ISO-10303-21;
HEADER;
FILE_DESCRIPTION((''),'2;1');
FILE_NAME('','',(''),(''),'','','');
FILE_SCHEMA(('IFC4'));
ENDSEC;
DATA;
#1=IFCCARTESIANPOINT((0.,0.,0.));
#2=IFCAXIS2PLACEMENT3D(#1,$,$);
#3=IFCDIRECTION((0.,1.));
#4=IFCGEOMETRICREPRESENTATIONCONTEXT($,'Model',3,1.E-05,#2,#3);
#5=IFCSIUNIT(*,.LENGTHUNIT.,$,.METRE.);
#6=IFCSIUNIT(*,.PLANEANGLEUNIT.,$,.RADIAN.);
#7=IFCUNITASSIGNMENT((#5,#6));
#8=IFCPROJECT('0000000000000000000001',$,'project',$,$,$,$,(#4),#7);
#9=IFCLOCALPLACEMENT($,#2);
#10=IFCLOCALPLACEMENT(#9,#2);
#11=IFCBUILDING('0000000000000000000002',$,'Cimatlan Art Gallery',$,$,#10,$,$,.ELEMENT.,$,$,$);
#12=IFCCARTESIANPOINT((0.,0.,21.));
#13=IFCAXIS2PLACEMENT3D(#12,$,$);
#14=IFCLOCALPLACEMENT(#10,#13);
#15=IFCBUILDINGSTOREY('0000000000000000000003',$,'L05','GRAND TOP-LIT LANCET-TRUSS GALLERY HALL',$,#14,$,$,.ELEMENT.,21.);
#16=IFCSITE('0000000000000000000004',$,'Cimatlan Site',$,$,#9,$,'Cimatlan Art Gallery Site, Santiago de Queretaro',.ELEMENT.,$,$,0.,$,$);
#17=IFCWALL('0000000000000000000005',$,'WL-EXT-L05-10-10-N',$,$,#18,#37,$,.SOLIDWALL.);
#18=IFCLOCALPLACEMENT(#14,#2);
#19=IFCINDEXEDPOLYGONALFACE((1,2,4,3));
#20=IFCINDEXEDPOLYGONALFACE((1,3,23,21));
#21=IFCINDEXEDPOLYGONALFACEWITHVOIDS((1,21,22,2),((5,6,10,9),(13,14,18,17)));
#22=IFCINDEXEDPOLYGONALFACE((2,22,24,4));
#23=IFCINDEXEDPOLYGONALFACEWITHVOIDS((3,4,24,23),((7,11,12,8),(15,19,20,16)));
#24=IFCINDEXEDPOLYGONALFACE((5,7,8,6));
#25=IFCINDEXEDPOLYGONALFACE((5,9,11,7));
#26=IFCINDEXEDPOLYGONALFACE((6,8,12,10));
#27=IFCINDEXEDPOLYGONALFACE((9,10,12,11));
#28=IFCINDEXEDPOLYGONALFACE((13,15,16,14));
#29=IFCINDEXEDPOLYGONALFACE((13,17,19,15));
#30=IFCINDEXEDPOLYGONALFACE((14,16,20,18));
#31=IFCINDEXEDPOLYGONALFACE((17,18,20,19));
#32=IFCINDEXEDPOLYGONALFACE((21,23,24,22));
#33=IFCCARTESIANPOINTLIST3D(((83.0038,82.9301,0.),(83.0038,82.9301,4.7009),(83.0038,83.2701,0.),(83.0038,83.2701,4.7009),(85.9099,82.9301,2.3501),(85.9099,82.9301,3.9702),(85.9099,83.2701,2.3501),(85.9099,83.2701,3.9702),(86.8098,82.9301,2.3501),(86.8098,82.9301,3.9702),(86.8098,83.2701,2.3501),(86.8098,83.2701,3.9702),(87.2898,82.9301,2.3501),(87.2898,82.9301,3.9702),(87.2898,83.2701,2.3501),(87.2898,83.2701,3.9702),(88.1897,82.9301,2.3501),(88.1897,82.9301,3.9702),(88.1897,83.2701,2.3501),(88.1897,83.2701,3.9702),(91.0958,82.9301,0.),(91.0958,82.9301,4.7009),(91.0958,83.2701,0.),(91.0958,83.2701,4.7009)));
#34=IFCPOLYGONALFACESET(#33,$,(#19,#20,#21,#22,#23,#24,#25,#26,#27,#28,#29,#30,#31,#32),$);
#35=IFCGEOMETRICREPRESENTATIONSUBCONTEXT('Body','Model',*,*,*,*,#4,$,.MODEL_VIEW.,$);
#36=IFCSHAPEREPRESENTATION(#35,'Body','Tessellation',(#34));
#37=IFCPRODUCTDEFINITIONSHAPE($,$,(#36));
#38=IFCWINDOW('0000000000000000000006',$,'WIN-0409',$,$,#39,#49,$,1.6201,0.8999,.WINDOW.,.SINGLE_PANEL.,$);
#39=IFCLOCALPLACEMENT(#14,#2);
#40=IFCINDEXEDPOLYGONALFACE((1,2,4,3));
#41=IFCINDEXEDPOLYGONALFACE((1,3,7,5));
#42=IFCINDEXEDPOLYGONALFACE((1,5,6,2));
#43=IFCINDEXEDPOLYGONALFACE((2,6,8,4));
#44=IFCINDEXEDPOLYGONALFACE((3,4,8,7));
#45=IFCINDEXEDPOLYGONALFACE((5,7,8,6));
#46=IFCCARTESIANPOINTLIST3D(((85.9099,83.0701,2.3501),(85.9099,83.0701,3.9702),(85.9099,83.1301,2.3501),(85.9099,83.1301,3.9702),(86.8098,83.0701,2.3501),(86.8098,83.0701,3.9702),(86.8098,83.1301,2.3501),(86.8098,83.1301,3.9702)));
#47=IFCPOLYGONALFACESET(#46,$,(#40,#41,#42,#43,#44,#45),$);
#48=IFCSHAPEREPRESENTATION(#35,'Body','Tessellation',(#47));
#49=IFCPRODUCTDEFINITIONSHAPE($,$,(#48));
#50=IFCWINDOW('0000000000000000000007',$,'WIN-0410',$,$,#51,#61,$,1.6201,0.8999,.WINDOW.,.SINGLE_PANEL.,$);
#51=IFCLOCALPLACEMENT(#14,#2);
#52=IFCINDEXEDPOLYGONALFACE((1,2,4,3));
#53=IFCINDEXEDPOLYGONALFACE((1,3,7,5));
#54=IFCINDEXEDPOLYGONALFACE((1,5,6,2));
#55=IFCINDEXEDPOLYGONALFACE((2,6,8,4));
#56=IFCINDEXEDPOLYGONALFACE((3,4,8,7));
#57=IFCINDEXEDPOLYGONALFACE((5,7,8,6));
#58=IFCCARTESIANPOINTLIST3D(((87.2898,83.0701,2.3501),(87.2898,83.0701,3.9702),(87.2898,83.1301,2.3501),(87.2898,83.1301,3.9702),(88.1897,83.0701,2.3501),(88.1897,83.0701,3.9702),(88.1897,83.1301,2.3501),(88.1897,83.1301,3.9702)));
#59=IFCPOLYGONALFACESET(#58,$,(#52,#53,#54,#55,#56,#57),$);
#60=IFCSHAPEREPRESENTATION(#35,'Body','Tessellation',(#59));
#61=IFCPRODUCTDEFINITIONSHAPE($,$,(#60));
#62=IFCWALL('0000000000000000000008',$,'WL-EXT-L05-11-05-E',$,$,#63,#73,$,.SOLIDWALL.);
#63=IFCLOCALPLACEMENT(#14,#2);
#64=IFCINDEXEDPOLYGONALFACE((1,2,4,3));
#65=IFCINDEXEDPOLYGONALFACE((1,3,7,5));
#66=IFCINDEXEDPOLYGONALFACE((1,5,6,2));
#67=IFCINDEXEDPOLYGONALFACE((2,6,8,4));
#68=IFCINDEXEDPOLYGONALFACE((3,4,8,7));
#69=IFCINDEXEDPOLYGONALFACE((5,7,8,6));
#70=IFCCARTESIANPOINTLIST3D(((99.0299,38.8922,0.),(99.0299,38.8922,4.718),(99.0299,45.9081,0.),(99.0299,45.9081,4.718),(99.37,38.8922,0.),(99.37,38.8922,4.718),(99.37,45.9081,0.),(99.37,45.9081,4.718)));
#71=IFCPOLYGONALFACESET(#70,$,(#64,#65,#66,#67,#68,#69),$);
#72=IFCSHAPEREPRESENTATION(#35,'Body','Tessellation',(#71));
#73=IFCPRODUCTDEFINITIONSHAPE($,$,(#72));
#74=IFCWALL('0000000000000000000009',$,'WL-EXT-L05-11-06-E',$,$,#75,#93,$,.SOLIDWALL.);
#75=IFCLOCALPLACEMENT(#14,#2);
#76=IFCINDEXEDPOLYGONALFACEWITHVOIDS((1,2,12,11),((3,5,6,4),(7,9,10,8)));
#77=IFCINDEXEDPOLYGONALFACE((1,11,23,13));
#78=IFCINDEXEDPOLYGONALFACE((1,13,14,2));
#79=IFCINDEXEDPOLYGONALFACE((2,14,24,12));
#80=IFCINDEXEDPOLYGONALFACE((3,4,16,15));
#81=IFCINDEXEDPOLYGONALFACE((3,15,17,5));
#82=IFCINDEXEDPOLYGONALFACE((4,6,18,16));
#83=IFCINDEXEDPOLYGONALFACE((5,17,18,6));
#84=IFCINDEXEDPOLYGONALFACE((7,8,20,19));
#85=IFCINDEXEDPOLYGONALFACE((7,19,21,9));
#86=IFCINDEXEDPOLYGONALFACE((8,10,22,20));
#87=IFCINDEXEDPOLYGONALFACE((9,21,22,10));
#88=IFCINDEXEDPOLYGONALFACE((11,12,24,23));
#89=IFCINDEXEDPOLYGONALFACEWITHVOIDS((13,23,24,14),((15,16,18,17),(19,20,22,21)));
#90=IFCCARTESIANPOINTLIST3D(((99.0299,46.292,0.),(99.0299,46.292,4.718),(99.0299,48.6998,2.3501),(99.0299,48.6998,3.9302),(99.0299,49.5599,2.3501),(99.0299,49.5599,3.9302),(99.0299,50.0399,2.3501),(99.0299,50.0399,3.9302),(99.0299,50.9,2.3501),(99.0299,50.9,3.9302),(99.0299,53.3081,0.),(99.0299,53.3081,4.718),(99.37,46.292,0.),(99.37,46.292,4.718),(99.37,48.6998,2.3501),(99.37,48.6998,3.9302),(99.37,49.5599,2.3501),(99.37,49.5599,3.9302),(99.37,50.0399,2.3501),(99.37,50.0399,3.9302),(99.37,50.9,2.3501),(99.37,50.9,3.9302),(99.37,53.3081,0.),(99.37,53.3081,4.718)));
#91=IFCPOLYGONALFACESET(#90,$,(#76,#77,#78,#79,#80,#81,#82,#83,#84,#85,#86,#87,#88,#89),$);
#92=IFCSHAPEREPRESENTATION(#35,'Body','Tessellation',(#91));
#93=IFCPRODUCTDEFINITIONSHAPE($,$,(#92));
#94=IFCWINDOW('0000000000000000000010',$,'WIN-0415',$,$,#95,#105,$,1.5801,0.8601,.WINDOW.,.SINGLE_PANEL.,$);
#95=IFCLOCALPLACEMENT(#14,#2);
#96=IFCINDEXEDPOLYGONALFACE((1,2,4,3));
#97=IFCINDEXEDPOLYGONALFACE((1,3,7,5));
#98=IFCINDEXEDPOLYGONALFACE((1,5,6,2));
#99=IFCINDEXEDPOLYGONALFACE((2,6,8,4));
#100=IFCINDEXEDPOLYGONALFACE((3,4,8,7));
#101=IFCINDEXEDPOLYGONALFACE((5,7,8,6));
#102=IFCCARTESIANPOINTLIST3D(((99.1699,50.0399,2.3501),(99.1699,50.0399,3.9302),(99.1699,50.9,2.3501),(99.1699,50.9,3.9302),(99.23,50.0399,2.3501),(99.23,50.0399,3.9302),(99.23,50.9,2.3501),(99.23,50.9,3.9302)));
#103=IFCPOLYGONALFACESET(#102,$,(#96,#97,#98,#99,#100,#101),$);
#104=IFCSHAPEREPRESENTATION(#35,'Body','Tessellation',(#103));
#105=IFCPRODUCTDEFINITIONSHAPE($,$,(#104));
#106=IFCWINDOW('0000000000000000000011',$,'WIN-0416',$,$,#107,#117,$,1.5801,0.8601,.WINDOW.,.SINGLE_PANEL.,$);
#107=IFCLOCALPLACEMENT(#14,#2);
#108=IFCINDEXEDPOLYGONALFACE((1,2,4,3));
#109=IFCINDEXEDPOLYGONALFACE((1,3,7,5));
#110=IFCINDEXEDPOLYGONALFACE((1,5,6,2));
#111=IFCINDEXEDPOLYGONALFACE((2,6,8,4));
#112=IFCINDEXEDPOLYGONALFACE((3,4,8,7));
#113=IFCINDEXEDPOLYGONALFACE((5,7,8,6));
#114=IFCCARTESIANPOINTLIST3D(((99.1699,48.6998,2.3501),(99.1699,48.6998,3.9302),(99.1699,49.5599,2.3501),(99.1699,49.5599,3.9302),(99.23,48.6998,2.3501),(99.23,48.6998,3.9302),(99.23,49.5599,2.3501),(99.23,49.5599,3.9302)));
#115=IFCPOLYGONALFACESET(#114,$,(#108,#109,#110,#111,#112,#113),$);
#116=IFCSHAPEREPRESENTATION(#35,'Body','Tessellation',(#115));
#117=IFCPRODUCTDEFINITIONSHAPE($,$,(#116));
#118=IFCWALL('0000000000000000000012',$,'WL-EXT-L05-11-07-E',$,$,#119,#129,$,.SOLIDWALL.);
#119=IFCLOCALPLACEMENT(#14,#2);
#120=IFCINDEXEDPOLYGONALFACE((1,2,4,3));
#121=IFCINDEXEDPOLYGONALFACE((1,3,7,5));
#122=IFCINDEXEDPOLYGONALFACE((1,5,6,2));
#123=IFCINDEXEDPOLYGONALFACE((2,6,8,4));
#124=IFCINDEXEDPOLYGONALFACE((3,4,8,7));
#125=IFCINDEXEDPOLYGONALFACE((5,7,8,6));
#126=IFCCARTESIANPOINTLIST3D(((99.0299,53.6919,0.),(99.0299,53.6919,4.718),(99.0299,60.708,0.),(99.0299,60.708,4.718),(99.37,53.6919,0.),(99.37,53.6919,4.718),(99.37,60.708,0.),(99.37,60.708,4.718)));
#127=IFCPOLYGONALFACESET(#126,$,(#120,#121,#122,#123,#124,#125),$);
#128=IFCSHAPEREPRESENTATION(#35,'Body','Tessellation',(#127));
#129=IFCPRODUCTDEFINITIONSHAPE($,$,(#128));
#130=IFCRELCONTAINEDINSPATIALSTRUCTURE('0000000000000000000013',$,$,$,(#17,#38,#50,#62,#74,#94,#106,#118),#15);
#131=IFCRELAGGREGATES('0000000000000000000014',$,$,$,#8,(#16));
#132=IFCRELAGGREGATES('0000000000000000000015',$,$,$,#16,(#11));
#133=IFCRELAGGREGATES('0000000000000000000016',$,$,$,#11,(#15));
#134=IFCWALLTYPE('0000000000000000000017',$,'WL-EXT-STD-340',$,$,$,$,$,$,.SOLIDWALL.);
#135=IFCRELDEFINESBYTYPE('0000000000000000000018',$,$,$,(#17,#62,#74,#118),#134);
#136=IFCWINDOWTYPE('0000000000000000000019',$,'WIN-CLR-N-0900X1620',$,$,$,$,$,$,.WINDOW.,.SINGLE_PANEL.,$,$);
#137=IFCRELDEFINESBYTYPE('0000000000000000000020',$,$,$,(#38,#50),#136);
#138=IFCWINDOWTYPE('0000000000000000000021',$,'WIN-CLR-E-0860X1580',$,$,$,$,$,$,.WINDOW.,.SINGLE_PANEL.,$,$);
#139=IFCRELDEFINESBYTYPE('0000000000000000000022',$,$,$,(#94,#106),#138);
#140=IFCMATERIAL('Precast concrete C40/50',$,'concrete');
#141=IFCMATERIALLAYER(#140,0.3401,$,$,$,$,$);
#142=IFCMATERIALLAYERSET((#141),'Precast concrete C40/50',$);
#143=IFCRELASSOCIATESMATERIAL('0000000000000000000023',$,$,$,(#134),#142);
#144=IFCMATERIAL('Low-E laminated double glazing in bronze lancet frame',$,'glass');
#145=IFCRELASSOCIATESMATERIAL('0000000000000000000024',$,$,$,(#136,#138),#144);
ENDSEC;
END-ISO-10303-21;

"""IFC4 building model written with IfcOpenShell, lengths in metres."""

from ifc_helpers import new_model, si_unit, direction, frame, frame_2d, origin, place, context, subcontext, project, spatial, rectangle, extrude, material, layer, layer_set, type_object, element, fill, save


model = new_model("IFC4")

# Units and contexts
model_context = context("Model", 3, precision=1e-05, world=origin(), true_north=direction((0.0, 1.0)))
body_context = subcontext(model_context, "Body", "Model", "MODEL_VIEW")
ifc_project = project(units=[si_unit("LENGTHUNIT", "METRE"), si_unit("PLANEANGLEUNIT", "RADIAN")], contexts=[model_context])

# Site, building, storey
site_placement = place(None, origin())
site = spatial("IfcSite", under=ifc_project, at=site_placement, Name="Cimatlan Site", LongName="Cimatlan Art Gallery Site, Santiago de Queretaro", CompositionType="ELEMENT", RefElevation=0.0)
building_placement = place(site_placement, origin())
building = spatial("IfcBuilding", under=site, at=building_placement, Name="Cimatlan Art Gallery", CompositionType="ELEMENT")
storey_placement = place(building_placement, frame((0.0, 0.0, 21.0)))
storey = spatial("IfcBuildingStorey", under=building, at=storey_placement, Name="L05", Description="GRAND TOP-LIT LANCET-TRUSS GALLERY HALL", CompositionType="ELEMENT", Elevation=21.0)

# Wall, openings, windows
ifc_material_1 = material(Name="Precast concrete C40/50", Category="concrete")
ifc_layer_1 = layer(ifc_material_1, 0.3401)
ifc_layer_set_1 = layer_set([ifc_layer_1], Name="Precast concrete C40/50")
wall_type_1 = type_object("IfcWallType", Name="WL-EXT-STD-340", PredefinedType="SOLIDWALL", material=ifc_layer_set_1)
wall_1_placement = place(storey_placement, frame((83.0039, 83.1001, 0.0), z_axis=(0.0, 0.0, 1.0), x_axis=(1.0, 0.0, 0.0)))
wall_1 = element("IfcWall", 1, at=wall_1_placement, inside=storey, type_object=wall_type_1, Name="WL-EXT-L05-10-10-N", PredefinedType="SOLIDWALL", context=body_context, shape_type="SweptSolid", body=[
    extrude(rectangle(XDim=8.092, YDim=0.3401, at=frame_2d((4.0459, 0.0))), origin(), (0.0, 0.0, 1.0), 4.7009),
])
opening_1_placement = place(wall_1_placement, frame((2.906, 0.0, 2.3501)))
opening_1 = element("IfcOpeningElement", 2, at=opening_1_placement, cuts=wall_1, PredefinedType="OPENING", context=body_context, shape_type="SweptSolid", body=[
    extrude(rectangle(XDim=0.8999, YDim=1.6201, at=frame_2d((0.45, 0.8101))), frame((0.0, 0.1802, 0.0), z_axis=(0.0, -1.0, 0.0), x_axis=(1.0, 0.0, 0.0)), (0.0, 0.0, 1.0), 0.3601),
])
opening_2_placement = place(wall_1_placement, frame((4.2859, 0.0, 2.3501)))
opening_2 = element("IfcOpeningElement", 3, at=opening_2_placement, cuts=wall_1, PredefinedType="OPENING", context=body_context, shape_type="SweptSolid", body=[
    extrude(rectangle(XDim=0.8999, YDim=1.6201, at=frame_2d((0.45, 0.8101))), frame((0.0, 0.1802, 0.0), z_axis=(0.0, -1.0, 0.0), x_axis=(1.0, 0.0, 0.0)), (0.0, 0.0, 1.0), 0.3601),
])
ifc_material_2 = material(Name="Low-E laminated double glazing in bronze lancet frame", Category="glass")
window_type_1 = type_object("IfcWindowType", Name="WIN-CLR-N-0900X1620", PartitioningType="SINGLE_PANEL", PredefinedType="WINDOW", material=ifc_material_2)
window_1_placement = place(opening_1_placement, origin())
window_1 = element("IfcWindow", 4, at=window_1_placement, inside=storey, type_object=window_type_1, Name="WIN-0409", OverallHeight=1.6201, OverallWidth=0.8999, PartitioningType="SINGLE_PANEL", PredefinedType="WINDOW", context=body_context, shape_type="SweptSolid", body=[
    extrude(rectangle(XDim=0.8999, YDim=1.6201, at=frame_2d((0.45, 0.8101))), frame((0.0, 0.03, 0.0), z_axis=(0.0, -1.0, 0.0), x_axis=(1.0, 0.0, 0.0)), (0.0, 0.0, 1.0), 0.0601),
])
fill(opening_1, window_1)
window_2_placement = place(opening_2_placement, origin())
window_2 = element("IfcWindow", 5, at=window_2_placement, inside=storey, type_object=window_type_1, Name="WIN-0410", OverallHeight=1.6201, OverallWidth=0.8999, PartitioningType="SINGLE_PANEL", PredefinedType="WINDOW", context=body_context, shape_type="SweptSolid", body=[
    extrude(rectangle(XDim=0.8999, YDim=1.6201, at=frame_2d((0.45, 0.8101))), frame((0.0, 0.03, 0.0), z_axis=(0.0, -1.0, 0.0), x_axis=(1.0, 0.0, 0.0)), (0.0, 0.0, 1.0), 0.0601),
])
fill(opening_2, window_2)

# Wall
wall_2_placement = place(storey_placement, frame((99.2, 45.908, 0.0), z_axis=(0.0, 0.0, 1.0), x_axis=(0.0, -1.0, 0.0)))
element("IfcWall", 6, at=wall_2_placement, inside=storey, type_object=wall_type_1, Name="WL-EXT-L05-11-05-E", PredefinedType="SOLIDWALL", context=body_context, shape_type="SweptSolid", body=[
    extrude(rectangle(XDim=7.0159, YDim=0.3401, at=frame_2d((3.5078, 0.0))), origin(), (0.0, 0.0, 1.0), 4.718),
])

# Wall, openings, windows
wall_3_placement = place(storey_placement, frame((99.2, 53.3081, 0.0), z_axis=(0.0, 0.0, 1.0), x_axis=(0.0, -1.0, 0.0)))
wall_3 = element("IfcWall", 7, at=wall_3_placement, inside=storey, type_object=wall_type_1, Name="WL-EXT-L05-11-06-E", PredefinedType="SOLIDWALL", context=body_context, shape_type="SweptSolid", body=[
    extrude(rectangle(XDim=7.0161, YDim=0.3401, at=frame_2d((3.5081, 0.0))), origin(), (0.0, 0.0, 1.0), 4.718),
])
opening_3_placement = place(wall_3_placement, frame((2.408, 0.0, 2.3501)))
opening_3 = element("IfcOpeningElement", 8, at=opening_3_placement, cuts=wall_3, PredefinedType="OPENING", context=body_context, shape_type="SweptSolid", body=[
    extrude(rectangle(XDim=0.8601, YDim=1.5801, at=frame_2d((0.4302, 0.79))), frame((0.0, 0.1802, 0.0), z_axis=(0.0, -1.0, 0.0), x_axis=(1.0, 0.0, 0.0)), (0.0, 0.0, 1.0), 0.3601),
])
opening_4_placement = place(wall_3_placement, frame((3.748, 0.0, 2.3501)))
opening_4 = element("IfcOpeningElement", 9, at=opening_4_placement, cuts=wall_3, PredefinedType="OPENING", context=body_context, shape_type="SweptSolid", body=[
    extrude(rectangle(XDim=0.8601, YDim=1.5801, at=frame_2d((0.4302, 0.79))), frame((0.0, 0.1802, 0.0), z_axis=(0.0, -1.0, 0.0), x_axis=(1.0, 0.0, 0.0)), (0.0, 0.0, 1.0), 0.3601),
])
window_type_2 = type_object("IfcWindowType", Name="WIN-CLR-E-0860X1580", PartitioningType="SINGLE_PANEL", PredefinedType="WINDOW", material=ifc_material_2)
window_3_placement = place(opening_3_placement, origin())
window_3 = element("IfcWindow", 10, at=window_3_placement, inside=storey, type_object=window_type_2, Name="WIN-0415", OverallHeight=1.5801, OverallWidth=0.8601, PartitioningType="SINGLE_PANEL", PredefinedType="WINDOW", context=body_context, shape_type="SweptSolid", body=[
    extrude(rectangle(XDim=0.8601, YDim=1.5801, at=frame_2d((0.4302, 0.79))), frame((0.0, 0.03, 0.0), z_axis=(0.0, -1.0, 0.0), x_axis=(1.0, 0.0, 0.0)), (0.0, 0.0, 1.0), 0.0601),
])
fill(opening_3, window_3)
window_4_placement = place(opening_4_placement, origin())
window_4 = element("IfcWindow", 11, at=window_4_placement, inside=storey, type_object=window_type_2, Name="WIN-0416", OverallHeight=1.5801, OverallWidth=0.8601, PartitioningType="SINGLE_PANEL", PredefinedType="WINDOW", context=body_context, shape_type="SweptSolid", body=[
    extrude(rectangle(XDim=0.8601, YDim=1.5801, at=frame_2d((0.4302, 0.79))), frame((0.0, 0.03, 0.0), z_axis=(0.0, -1.0, 0.0), x_axis=(1.0, 0.0, 0.0)), (0.0, 0.0, 1.0), 0.0601),
])
fill(opening_4, window_4)

# Wall
wall_4_placement = place(storey_placement, frame((99.2, 60.708, 0.0), z_axis=(0.0, 0.0, 1.0), x_axis=(0.0, -1.0, 0.0)))
element("IfcWall", 12, at=wall_4_placement, inside=storey, type_object=wall_type_1, Name="WL-EXT-L05-11-07-E", PredefinedType="SOLIDWALL", context=body_context, shape_type="SweptSolid", body=[
    extrude(rectangle(XDim=7.0161, YDim=0.3401, at=frame_2d((3.5081, 0.0))), origin(), (0.0, 0.0, 1.0), 4.718),
])

save(model, "model.ifc")
